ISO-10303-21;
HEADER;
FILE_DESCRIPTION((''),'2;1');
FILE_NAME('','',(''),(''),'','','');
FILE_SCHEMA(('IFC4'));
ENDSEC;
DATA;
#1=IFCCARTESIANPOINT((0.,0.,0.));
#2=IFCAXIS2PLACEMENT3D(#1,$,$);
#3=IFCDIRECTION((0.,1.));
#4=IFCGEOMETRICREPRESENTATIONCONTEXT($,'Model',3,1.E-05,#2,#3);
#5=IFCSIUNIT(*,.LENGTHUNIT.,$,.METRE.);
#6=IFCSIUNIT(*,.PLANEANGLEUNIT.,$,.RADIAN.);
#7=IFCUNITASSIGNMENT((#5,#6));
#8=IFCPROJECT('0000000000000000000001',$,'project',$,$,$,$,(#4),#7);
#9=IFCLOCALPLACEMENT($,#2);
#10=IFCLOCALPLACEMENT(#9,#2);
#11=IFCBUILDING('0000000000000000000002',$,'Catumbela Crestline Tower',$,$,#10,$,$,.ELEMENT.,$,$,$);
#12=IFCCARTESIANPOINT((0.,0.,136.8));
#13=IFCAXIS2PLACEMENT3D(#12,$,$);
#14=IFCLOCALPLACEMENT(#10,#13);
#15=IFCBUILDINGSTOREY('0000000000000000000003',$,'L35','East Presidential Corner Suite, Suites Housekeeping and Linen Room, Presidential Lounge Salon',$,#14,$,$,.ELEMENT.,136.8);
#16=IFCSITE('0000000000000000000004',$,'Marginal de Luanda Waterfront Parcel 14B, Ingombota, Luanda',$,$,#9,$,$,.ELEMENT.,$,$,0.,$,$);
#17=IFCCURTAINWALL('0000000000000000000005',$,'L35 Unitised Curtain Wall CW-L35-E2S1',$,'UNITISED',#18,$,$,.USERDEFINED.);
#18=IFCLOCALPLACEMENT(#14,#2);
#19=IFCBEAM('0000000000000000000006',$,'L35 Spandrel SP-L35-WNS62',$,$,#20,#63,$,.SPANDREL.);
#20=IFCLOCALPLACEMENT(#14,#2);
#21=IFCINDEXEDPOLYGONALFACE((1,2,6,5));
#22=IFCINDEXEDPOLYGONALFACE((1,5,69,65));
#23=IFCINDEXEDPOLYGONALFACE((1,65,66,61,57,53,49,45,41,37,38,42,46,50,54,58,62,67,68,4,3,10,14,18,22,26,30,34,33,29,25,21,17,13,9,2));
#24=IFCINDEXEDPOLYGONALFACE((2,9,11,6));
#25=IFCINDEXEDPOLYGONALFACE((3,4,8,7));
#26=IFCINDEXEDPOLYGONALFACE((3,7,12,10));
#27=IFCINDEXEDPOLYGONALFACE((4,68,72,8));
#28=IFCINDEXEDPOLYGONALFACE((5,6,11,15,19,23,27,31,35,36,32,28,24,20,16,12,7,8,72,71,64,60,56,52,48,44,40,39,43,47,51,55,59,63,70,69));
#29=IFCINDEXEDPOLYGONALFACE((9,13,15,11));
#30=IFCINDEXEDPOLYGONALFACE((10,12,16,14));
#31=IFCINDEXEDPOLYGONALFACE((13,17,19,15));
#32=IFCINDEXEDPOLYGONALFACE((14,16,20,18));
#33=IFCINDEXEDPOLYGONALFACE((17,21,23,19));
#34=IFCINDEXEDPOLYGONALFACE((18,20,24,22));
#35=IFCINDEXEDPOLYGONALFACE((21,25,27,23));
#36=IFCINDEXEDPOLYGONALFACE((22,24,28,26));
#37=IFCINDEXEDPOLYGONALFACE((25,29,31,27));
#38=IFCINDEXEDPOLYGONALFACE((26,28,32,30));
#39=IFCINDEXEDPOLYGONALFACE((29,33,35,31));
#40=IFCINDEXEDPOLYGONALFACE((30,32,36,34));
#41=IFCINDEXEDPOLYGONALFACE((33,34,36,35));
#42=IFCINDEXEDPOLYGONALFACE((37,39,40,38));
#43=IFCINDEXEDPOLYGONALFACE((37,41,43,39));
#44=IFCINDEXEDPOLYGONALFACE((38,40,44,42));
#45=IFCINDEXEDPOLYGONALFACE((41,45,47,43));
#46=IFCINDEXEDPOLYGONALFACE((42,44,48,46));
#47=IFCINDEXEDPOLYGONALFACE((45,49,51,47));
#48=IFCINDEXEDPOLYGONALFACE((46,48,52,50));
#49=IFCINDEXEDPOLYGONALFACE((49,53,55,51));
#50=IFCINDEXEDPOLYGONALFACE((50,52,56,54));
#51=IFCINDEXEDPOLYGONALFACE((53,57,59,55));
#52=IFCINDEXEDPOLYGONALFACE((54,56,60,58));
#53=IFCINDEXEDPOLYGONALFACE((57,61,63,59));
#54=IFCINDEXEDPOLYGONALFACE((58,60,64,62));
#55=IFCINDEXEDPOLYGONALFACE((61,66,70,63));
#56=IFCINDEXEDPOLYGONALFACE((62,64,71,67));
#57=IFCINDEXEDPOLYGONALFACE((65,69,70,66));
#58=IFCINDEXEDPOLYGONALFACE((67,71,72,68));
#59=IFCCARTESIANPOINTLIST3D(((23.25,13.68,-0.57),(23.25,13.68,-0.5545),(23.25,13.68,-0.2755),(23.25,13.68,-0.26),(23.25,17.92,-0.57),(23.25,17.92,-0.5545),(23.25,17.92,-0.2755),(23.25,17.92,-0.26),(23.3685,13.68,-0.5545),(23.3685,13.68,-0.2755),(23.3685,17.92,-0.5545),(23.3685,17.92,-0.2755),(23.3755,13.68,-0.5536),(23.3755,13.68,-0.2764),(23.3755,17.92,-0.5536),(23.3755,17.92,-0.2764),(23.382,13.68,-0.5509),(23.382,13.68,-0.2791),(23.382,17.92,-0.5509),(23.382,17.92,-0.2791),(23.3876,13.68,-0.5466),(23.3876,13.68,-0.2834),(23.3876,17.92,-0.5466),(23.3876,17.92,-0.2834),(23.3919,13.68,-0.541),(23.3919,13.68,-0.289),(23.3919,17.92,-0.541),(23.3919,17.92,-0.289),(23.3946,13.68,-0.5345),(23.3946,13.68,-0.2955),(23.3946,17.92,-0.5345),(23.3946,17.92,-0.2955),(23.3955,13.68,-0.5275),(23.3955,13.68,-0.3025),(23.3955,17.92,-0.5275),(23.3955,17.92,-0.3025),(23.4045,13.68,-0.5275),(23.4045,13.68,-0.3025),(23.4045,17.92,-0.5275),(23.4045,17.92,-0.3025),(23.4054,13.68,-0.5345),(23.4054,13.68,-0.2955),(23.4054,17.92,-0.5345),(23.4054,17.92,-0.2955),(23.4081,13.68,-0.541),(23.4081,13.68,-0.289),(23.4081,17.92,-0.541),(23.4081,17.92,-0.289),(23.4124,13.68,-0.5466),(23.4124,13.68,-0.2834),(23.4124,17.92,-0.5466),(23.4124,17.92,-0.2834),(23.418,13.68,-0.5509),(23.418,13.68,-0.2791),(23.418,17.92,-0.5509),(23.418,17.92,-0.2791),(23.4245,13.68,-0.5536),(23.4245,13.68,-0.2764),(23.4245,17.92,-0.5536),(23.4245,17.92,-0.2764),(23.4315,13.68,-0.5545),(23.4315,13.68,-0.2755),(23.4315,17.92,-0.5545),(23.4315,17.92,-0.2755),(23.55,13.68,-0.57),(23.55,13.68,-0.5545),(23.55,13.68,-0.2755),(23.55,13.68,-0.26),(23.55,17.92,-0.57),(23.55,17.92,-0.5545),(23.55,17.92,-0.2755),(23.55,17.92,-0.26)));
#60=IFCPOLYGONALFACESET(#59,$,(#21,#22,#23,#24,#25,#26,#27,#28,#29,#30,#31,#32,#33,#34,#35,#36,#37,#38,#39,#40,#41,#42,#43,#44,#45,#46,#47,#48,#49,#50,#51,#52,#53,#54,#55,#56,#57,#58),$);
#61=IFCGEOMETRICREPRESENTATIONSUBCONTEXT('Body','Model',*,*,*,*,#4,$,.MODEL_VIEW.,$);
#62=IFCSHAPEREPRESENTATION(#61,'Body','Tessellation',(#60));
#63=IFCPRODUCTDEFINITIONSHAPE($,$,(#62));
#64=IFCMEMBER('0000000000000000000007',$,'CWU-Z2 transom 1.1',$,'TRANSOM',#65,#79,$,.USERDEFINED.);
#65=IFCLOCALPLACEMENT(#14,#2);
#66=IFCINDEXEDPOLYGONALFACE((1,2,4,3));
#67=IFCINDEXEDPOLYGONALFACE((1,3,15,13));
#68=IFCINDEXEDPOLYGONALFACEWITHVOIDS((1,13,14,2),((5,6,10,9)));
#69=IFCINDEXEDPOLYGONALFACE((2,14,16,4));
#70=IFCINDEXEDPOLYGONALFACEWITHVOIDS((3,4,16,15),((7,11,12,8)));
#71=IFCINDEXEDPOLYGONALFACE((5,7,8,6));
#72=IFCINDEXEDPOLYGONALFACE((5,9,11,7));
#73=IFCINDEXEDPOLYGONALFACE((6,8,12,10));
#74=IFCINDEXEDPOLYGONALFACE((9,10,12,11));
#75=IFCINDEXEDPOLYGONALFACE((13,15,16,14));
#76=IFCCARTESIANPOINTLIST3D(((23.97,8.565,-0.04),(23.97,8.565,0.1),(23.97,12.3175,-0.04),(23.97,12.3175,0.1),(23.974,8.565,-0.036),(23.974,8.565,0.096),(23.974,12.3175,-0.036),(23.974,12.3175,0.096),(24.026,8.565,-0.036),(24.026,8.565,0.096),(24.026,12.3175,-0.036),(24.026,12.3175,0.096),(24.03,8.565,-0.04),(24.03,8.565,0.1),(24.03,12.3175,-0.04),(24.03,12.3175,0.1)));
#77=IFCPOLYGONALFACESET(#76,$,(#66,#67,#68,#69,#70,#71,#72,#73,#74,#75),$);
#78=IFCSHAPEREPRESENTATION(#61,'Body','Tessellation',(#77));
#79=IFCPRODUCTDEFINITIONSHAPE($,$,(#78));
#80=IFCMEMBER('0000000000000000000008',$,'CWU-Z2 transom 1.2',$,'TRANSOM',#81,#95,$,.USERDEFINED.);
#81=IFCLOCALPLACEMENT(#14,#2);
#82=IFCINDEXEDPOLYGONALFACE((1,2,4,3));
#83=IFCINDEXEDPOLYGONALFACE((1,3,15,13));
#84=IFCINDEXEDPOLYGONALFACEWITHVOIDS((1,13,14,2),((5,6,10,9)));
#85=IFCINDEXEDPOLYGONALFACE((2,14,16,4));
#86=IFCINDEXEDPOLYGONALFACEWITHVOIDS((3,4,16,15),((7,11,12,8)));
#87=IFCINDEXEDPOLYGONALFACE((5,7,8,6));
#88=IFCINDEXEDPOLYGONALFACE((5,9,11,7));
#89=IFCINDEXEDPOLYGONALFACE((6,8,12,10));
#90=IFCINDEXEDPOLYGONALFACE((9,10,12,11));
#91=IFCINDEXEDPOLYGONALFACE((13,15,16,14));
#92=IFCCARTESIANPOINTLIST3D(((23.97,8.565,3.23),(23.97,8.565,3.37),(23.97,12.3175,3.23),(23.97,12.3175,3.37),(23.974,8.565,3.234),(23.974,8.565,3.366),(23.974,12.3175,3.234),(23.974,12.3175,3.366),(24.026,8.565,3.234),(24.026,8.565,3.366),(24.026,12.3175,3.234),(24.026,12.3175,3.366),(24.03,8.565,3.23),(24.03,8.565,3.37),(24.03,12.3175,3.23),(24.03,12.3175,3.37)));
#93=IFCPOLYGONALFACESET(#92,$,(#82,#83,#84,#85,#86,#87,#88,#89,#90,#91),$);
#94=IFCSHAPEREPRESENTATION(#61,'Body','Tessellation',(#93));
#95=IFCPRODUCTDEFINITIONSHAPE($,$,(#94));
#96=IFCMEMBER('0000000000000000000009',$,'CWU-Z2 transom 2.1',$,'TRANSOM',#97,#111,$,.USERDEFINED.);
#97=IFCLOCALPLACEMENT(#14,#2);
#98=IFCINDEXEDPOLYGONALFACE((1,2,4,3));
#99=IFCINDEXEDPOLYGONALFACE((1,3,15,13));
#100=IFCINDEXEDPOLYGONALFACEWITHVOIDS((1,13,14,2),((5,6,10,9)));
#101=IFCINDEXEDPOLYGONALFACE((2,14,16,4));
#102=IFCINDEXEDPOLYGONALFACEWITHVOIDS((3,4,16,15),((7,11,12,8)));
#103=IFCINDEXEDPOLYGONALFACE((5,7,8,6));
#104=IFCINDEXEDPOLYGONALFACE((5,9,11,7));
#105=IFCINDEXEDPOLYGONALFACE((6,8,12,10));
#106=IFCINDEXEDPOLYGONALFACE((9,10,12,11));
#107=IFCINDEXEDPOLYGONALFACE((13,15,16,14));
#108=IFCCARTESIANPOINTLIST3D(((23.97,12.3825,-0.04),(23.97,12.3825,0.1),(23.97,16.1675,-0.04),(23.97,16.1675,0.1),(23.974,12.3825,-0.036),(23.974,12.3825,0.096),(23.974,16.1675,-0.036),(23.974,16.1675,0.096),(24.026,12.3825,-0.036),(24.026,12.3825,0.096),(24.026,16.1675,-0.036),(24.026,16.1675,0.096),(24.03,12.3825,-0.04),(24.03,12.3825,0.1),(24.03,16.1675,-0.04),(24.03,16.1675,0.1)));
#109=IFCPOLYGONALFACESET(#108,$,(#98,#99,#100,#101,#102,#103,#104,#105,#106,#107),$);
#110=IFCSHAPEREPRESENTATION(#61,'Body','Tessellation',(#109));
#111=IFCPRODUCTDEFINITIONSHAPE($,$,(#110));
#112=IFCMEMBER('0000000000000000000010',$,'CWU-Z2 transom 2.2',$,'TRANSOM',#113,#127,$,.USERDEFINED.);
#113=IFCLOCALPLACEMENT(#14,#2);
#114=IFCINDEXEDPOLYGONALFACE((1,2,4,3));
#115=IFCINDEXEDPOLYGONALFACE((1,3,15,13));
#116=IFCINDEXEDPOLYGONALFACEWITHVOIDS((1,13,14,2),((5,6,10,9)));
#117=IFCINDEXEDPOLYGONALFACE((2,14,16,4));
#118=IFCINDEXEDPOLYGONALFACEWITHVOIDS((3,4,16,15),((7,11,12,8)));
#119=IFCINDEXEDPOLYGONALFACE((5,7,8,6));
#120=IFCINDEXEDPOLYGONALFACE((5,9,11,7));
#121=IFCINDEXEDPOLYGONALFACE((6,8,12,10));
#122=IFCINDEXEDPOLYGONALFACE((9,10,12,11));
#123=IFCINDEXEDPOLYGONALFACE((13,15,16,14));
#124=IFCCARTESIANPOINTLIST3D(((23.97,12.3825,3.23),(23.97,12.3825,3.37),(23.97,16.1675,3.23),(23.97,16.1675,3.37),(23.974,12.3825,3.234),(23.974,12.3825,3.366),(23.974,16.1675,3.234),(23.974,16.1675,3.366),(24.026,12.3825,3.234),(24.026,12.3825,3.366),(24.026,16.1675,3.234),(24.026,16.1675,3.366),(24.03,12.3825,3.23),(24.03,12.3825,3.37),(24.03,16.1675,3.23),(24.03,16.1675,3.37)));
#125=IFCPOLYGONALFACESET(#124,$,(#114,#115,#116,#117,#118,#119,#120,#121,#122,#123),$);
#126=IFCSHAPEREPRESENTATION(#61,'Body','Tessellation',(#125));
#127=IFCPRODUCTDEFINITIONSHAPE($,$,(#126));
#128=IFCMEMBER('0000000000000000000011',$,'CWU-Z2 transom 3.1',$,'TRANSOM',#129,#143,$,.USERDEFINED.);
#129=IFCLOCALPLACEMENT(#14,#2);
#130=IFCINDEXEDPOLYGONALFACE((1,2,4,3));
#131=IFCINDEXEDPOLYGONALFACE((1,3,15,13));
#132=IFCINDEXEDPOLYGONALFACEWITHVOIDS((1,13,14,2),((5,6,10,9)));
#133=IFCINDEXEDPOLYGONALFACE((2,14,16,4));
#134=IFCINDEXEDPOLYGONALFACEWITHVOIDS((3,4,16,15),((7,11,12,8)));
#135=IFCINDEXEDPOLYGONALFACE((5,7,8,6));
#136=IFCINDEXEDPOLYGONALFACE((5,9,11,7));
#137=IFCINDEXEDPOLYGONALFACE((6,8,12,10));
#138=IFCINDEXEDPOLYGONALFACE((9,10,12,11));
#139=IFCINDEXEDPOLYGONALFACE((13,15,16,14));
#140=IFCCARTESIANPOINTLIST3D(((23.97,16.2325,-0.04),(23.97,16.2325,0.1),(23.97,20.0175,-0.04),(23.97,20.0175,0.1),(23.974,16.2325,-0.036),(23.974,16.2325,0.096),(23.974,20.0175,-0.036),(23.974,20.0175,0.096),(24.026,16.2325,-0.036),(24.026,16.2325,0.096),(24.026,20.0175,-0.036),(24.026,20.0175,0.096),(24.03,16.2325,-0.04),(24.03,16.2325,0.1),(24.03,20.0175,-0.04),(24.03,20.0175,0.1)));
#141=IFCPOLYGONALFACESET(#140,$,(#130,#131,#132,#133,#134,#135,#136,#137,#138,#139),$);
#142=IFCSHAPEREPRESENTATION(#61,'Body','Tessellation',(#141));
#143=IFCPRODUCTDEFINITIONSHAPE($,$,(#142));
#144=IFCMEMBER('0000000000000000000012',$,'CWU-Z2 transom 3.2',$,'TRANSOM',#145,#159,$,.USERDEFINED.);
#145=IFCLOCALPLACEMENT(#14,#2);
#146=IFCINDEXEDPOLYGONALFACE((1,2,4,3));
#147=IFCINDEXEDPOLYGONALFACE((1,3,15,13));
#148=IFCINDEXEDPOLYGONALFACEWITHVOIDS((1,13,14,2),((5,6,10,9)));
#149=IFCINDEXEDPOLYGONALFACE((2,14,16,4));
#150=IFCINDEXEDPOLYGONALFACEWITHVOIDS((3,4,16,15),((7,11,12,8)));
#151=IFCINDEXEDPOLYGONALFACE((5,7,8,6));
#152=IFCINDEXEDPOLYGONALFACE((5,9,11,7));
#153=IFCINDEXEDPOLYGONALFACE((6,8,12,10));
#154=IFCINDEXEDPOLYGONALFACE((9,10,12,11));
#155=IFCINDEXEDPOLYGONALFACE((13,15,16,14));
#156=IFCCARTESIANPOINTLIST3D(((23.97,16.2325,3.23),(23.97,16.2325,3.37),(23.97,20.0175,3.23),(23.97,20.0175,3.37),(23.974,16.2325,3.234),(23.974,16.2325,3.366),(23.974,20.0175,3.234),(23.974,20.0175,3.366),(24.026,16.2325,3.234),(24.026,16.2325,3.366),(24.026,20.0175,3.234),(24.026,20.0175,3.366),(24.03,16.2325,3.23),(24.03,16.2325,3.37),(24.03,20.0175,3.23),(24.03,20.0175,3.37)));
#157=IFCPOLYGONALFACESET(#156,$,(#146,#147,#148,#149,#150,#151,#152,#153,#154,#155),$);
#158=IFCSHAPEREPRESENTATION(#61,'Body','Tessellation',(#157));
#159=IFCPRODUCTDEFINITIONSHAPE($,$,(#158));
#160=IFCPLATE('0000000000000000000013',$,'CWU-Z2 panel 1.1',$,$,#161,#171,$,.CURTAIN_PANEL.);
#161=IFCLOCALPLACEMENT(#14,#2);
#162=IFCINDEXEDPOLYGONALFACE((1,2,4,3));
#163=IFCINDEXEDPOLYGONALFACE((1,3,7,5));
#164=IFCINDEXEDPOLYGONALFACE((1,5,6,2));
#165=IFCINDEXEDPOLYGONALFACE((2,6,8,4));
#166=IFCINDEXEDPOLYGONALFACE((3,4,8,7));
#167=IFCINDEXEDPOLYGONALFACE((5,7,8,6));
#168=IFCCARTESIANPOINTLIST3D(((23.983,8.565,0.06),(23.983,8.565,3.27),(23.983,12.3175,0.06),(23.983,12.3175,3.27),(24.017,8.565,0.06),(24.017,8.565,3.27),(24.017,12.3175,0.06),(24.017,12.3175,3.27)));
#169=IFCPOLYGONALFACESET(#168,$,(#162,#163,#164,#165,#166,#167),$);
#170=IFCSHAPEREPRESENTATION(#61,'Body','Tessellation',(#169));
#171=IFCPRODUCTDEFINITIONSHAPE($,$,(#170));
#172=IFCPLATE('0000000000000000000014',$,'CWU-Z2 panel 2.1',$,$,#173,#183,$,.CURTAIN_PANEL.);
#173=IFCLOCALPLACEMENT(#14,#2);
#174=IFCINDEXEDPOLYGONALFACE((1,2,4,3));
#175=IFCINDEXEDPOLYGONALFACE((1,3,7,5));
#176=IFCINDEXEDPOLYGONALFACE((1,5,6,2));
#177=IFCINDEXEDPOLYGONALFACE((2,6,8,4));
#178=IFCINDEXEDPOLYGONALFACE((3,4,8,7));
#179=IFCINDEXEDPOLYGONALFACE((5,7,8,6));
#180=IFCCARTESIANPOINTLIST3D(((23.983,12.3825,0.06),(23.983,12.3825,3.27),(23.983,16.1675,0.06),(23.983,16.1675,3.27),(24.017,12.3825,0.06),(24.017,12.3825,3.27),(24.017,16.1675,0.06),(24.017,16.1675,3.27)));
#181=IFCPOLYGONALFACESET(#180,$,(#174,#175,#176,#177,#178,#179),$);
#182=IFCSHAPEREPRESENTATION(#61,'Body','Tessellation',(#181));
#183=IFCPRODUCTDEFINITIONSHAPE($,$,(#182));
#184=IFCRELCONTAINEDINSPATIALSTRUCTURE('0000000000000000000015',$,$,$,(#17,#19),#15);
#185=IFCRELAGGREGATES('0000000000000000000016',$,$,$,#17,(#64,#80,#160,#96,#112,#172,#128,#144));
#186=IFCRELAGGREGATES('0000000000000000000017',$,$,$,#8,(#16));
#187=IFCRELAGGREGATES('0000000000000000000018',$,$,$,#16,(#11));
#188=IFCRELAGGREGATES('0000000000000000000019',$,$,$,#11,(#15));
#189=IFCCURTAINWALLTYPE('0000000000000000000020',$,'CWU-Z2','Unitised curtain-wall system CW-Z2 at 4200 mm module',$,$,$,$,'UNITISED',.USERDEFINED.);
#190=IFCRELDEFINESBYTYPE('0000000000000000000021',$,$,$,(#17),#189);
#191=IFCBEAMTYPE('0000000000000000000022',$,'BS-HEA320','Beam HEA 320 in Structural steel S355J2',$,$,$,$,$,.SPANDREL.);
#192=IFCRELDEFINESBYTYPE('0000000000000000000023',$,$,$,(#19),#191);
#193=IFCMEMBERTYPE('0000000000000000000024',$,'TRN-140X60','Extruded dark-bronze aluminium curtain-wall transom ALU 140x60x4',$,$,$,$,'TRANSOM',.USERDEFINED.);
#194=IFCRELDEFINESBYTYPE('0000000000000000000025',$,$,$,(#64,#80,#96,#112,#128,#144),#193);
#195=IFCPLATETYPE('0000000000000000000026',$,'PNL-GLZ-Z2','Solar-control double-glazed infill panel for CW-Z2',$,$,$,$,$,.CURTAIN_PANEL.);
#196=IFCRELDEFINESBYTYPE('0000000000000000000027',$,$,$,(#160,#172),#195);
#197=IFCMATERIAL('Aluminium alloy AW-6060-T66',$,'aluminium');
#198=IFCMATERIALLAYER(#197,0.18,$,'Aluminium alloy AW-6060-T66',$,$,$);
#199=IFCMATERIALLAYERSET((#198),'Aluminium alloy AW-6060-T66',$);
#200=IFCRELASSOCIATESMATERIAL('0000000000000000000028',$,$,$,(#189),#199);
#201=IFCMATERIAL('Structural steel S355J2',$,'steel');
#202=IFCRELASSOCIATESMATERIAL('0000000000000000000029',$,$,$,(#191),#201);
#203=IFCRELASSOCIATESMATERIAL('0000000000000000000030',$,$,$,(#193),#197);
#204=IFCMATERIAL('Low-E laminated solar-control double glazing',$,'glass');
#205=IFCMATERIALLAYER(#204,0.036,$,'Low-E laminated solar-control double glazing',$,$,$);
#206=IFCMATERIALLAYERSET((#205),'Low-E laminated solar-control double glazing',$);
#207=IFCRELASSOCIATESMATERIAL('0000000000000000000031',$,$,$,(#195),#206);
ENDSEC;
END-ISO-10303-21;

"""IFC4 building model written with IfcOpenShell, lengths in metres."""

from ifc_helpers import new_model, si_unit, direction, frame, origin, origin_2d, place, context, subcontext, project, spatial, rectangle, hollow_rectangle, i_section, extrude, material, layer, layer_set, material_profile, profile_set, type_object, element, aggregate, save


model = new_model("IFC4")

# Units and contexts
model_context = context("Model", 3, precision=1e-05, world=origin(), true_north=direction((0.0, 1.0)))
body_context = subcontext(model_context, "Body", "Model", "MODEL_VIEW")
ifc_project = project(units=[si_unit("LENGTHUNIT", "METRE"), si_unit("PLANEANGLEUNIT", "RADIAN")], contexts=[model_context])

# Site, building, storey
site_placement = place(None, origin())
site = spatial("IfcSite", under=ifc_project, at=site_placement, Name="Marginal de Luanda Waterfront Parcel 14B, Ingombota, Luanda", CompositionType="ELEMENT", RefElevation=0.0)
building_placement = place(site_placement, origin())
building = spatial("IfcBuilding", under=site, at=building_placement, Name="Catumbela Crestline Tower", CompositionType="ELEMENT")
storey_placement = place(building_placement, frame((0.0, 0.0, 136.8)))
storey = spatial("IfcBuildingStorey", under=building, at=storey_placement, Name="L35", Description="East Presidential Corner Suite, Suites Housekeeping and Linen Room, Presidential Lounge Salon", CompositionType="ELEMENT", Elevation=136.8)

# Shared definitions
ifc_material_1 = material(Name="Structural steel S355J2", Category="steel")

# Shared definitions
ifc_material_2 = material(Name="Aluminium alloy AW-6060-T66", Category="aluminium")
ifc_layer_1 = layer(ifc_material_2, 0.18, Name="Aluminium alloy AW-6060-T66")
ifc_layer_set_1 = layer_set([ifc_layer_1], Name="Aluminium alloy AW-6060-T66")
curtain_wall_type = type_object("IfcCurtainWallType", Name="CWU-Z2", Description="Unitised curtain-wall system CW-Z2 at 4200 mm module", ElementType="UNITISED", PredefinedType="USERDEFINED", material=ifc_layer_set_1)

# Curtain wall
curtain_wall_1_placement = place(storey_placement, origin())
curtain_wall_1 = element("IfcCurtainWall", 1, at=curtain_wall_1_placement, inside=storey, type_object=curtain_wall_type, Name="L35 Unitised Curtain Wall CW-L35-E2S1", ObjectType="UNITISED", PredefinedType="USERDEFINED")

# Beam
ifc_material_profile_1 = material_profile(ifc_material_1, i_section(OverallWidth=0.3, OverallDepth=0.31, WebThickness=0.009, FlangeThickness=0.0155, FilletRadius=0.027, at=origin_2d()), Name="HEA 320")
ifc_profile_set_1 = profile_set([ifc_material_profile_1], Name="Structural steel S355J2")
beam_type_1 = type_object("IfcBeamType", Name="BS-HEA320", Description="Beam HEA 320 in Structural steel S355J2", PredefinedType="SPANDREL", material=ifc_profile_set_1)
beam_1_placement = place(storey_placement, frame((23.4, 13.68, -0.415), z_axis=(0.0, 1.0, 0.0), x_axis=(-1.0, 0.0, 0.0)))
element("IfcBeam", 2, at=beam_1_placement, inside=storey, type_object=beam_type_1, Name="L35 Spandrel SP-L35-WNS62", PredefinedType="SPANDREL", context=body_context, shape_type="SweptSolid", body=[
    extrude(i_section(OverallWidth=0.3, OverallDepth=0.31, WebThickness=0.009, FlangeThickness=0.0155, FilletRadius=0.027, at=origin_2d()), origin(), (0.0, 0.0, 1.0), 4.24),
])

# Members
ifc_material_profile_2 = material_profile(ifc_material_2, hollow_rectangle(XDim=0.06, YDim=0.14, WallThickness=0.004, at=origin_2d()), Name="ALU 140x60x4")
ifc_profile_set_2 = profile_set([ifc_material_profile_2], Name="Aluminium alloy AW-6060-T66")
member_type_1 = type_object("IfcMemberType", Name="TRN-140X60", Description="Extruded dark-bronze aluminium curtain-wall transom ALU 140x60x4", ElementType="TRANSOM", PredefinedType="USERDEFINED", material=ifc_profile_set_2)
member_1_placement = place(storey_placement, frame((24.0, 8.565, 0.03), z_axis=(0.0, 1.0, 0.0), x_axis=(-1.0, 0.0, 0.0)))
member_1 = element("IfcMember", 3, at=member_1_placement, type_object=member_type_1, Name="CWU-Z2 transom 1.1", ObjectType="TRANSOM", PredefinedType="USERDEFINED", context=body_context, shape_type="SweptSolid", body=[
    extrude(hollow_rectangle(XDim=0.06, YDim=0.14, WallThickness=0.004, at=origin_2d()), origin(), (0.0, 0.0, 1.0), 3.7525),
])
member_2_placement = place(storey_placement, frame((24.0, 8.565, 3.3), z_axis=(0.0, 1.0, 0.0), x_axis=(-1.0, 0.0, 0.0)))
member_2 = element("IfcMember", 4, at=member_2_placement, type_object=member_type_1, Name="CWU-Z2 transom 1.2", ObjectType="TRANSOM", PredefinedType="USERDEFINED", context=body_context, shape_type="SweptSolid", body=[
    extrude(hollow_rectangle(XDim=0.06, YDim=0.14, WallThickness=0.004, at=origin_2d()), origin(), (0.0, 0.0, 1.0), 3.7525),
])
member_3_placement = place(storey_placement, frame((24.0, 12.3825, 0.03), z_axis=(0.0, 1.0, 0.0), x_axis=(-1.0, 0.0, 0.0)))
member_3 = element("IfcMember", 5, at=member_3_placement, type_object=member_type_1, Name="CWU-Z2 transom 2.1", ObjectType="TRANSOM", PredefinedType="USERDEFINED", context=body_context, shape_type="SweptSolid", body=[
    extrude(hollow_rectangle(XDim=0.06, YDim=0.14, WallThickness=0.004, at=origin_2d()), origin(), (0.0, 0.0, 1.0), 3.785),
])
member_4_placement = place(storey_placement, frame((24.0, 12.3825, 3.3), z_axis=(0.0, 1.0, 0.0), x_axis=(-1.0, 0.0, 0.0)))
member_4 = element("IfcMember", 6, at=member_4_placement, type_object=member_type_1, Name="CWU-Z2 transom 2.2", ObjectType="TRANSOM", PredefinedType="USERDEFINED", context=body_context, shape_type="SweptSolid", body=[
    extrude(hollow_rectangle(XDim=0.06, YDim=0.14, WallThickness=0.004, at=origin_2d()), origin(), (0.0, 0.0, 1.0), 3.785),
])
member_5_placement = place(storey_placement, frame((24.0, 16.2325, 0.03), z_axis=(0.0, 1.0, 0.0), x_axis=(-1.0, 0.0, 0.0)))
member_5 = element("IfcMember", 7, at=member_5_placement, type_object=member_type_1, Name="CWU-Z2 transom 3.1", ObjectType="TRANSOM", PredefinedType="USERDEFINED", context=body_context, shape_type="SweptSolid", body=[
    extrude(hollow_rectangle(XDim=0.06, YDim=0.14, WallThickness=0.004, at=origin_2d()), origin(), (0.0, 0.0, 1.0), 3.785),
])
member_6_placement = place(storey_placement, frame((24.0, 16.2325, 3.3), z_axis=(0.0, 1.0, 0.0), x_axis=(-1.0, 0.0, 0.0)))
member_6 = element("IfcMember", 8, at=member_6_placement, type_object=member_type_1, Name="CWU-Z2 transom 3.2", ObjectType="TRANSOM", PredefinedType="USERDEFINED", context=body_context, shape_type="SweptSolid", body=[
    extrude(hollow_rectangle(XDim=0.06, YDim=0.14, WallThickness=0.004, at=origin_2d()), origin(), (0.0, 0.0, 1.0), 3.785),
])

# Plates
ifc_material_3 = material(Name="Low-E laminated solar-control double glazing", Category="glass")
ifc_layer_2 = layer(ifc_material_3, 0.036, Name="Low-E laminated solar-control double glazing")
ifc_layer_set_2 = layer_set([ifc_layer_2], Name="Low-E laminated solar-control double glazing")
plate_type = type_object("IfcPlateType", Name="PNL-GLZ-Z2", Description="Solar-control double-glazed infill panel for CW-Z2", PredefinedType="CURTAIN_PANEL", material=ifc_layer_set_2)
plate_1_placement = place(storey_placement, frame((24.0, 10.4412, 0.06), z_axis=(0.0, 0.0, 1.0), x_axis=(0.0, 1.0, 0.0)))
plate_1 = element("IfcPlate", 9, at=plate_1_placement, type_object=plate_type, Name="CWU-Z2 panel 1.1", PredefinedType="CURTAIN_PANEL", context=body_context, shape_type="SweptSolid", body=[
    extrude(rectangle(XDim=3.7525, YDim=0.034, at=origin_2d()), origin(), (0.0, 0.0, 1.0), 3.21),
])
plate_2_placement = place(storey_placement, frame((24.0, 14.275, 0.06), z_axis=(0.0, 0.0, 1.0), x_axis=(0.0, 1.0, 0.0)))
plate_2 = element("IfcPlate", 10, at=plate_2_placement, type_object=plate_type, Name="CWU-Z2 panel 2.1", PredefinedType="CURTAIN_PANEL", context=body_context, shape_type="SweptSolid", body=[
    extrude(rectangle(XDim=3.785, YDim=0.034, at=origin_2d()), origin(), (0.0, 0.0, 1.0), 3.21),
])
aggregate(curtain_wall_1, [member_1, member_2, plate_1, member_3, member_4, plate_2, member_5, member_6])

save(model, "model.ifc")
